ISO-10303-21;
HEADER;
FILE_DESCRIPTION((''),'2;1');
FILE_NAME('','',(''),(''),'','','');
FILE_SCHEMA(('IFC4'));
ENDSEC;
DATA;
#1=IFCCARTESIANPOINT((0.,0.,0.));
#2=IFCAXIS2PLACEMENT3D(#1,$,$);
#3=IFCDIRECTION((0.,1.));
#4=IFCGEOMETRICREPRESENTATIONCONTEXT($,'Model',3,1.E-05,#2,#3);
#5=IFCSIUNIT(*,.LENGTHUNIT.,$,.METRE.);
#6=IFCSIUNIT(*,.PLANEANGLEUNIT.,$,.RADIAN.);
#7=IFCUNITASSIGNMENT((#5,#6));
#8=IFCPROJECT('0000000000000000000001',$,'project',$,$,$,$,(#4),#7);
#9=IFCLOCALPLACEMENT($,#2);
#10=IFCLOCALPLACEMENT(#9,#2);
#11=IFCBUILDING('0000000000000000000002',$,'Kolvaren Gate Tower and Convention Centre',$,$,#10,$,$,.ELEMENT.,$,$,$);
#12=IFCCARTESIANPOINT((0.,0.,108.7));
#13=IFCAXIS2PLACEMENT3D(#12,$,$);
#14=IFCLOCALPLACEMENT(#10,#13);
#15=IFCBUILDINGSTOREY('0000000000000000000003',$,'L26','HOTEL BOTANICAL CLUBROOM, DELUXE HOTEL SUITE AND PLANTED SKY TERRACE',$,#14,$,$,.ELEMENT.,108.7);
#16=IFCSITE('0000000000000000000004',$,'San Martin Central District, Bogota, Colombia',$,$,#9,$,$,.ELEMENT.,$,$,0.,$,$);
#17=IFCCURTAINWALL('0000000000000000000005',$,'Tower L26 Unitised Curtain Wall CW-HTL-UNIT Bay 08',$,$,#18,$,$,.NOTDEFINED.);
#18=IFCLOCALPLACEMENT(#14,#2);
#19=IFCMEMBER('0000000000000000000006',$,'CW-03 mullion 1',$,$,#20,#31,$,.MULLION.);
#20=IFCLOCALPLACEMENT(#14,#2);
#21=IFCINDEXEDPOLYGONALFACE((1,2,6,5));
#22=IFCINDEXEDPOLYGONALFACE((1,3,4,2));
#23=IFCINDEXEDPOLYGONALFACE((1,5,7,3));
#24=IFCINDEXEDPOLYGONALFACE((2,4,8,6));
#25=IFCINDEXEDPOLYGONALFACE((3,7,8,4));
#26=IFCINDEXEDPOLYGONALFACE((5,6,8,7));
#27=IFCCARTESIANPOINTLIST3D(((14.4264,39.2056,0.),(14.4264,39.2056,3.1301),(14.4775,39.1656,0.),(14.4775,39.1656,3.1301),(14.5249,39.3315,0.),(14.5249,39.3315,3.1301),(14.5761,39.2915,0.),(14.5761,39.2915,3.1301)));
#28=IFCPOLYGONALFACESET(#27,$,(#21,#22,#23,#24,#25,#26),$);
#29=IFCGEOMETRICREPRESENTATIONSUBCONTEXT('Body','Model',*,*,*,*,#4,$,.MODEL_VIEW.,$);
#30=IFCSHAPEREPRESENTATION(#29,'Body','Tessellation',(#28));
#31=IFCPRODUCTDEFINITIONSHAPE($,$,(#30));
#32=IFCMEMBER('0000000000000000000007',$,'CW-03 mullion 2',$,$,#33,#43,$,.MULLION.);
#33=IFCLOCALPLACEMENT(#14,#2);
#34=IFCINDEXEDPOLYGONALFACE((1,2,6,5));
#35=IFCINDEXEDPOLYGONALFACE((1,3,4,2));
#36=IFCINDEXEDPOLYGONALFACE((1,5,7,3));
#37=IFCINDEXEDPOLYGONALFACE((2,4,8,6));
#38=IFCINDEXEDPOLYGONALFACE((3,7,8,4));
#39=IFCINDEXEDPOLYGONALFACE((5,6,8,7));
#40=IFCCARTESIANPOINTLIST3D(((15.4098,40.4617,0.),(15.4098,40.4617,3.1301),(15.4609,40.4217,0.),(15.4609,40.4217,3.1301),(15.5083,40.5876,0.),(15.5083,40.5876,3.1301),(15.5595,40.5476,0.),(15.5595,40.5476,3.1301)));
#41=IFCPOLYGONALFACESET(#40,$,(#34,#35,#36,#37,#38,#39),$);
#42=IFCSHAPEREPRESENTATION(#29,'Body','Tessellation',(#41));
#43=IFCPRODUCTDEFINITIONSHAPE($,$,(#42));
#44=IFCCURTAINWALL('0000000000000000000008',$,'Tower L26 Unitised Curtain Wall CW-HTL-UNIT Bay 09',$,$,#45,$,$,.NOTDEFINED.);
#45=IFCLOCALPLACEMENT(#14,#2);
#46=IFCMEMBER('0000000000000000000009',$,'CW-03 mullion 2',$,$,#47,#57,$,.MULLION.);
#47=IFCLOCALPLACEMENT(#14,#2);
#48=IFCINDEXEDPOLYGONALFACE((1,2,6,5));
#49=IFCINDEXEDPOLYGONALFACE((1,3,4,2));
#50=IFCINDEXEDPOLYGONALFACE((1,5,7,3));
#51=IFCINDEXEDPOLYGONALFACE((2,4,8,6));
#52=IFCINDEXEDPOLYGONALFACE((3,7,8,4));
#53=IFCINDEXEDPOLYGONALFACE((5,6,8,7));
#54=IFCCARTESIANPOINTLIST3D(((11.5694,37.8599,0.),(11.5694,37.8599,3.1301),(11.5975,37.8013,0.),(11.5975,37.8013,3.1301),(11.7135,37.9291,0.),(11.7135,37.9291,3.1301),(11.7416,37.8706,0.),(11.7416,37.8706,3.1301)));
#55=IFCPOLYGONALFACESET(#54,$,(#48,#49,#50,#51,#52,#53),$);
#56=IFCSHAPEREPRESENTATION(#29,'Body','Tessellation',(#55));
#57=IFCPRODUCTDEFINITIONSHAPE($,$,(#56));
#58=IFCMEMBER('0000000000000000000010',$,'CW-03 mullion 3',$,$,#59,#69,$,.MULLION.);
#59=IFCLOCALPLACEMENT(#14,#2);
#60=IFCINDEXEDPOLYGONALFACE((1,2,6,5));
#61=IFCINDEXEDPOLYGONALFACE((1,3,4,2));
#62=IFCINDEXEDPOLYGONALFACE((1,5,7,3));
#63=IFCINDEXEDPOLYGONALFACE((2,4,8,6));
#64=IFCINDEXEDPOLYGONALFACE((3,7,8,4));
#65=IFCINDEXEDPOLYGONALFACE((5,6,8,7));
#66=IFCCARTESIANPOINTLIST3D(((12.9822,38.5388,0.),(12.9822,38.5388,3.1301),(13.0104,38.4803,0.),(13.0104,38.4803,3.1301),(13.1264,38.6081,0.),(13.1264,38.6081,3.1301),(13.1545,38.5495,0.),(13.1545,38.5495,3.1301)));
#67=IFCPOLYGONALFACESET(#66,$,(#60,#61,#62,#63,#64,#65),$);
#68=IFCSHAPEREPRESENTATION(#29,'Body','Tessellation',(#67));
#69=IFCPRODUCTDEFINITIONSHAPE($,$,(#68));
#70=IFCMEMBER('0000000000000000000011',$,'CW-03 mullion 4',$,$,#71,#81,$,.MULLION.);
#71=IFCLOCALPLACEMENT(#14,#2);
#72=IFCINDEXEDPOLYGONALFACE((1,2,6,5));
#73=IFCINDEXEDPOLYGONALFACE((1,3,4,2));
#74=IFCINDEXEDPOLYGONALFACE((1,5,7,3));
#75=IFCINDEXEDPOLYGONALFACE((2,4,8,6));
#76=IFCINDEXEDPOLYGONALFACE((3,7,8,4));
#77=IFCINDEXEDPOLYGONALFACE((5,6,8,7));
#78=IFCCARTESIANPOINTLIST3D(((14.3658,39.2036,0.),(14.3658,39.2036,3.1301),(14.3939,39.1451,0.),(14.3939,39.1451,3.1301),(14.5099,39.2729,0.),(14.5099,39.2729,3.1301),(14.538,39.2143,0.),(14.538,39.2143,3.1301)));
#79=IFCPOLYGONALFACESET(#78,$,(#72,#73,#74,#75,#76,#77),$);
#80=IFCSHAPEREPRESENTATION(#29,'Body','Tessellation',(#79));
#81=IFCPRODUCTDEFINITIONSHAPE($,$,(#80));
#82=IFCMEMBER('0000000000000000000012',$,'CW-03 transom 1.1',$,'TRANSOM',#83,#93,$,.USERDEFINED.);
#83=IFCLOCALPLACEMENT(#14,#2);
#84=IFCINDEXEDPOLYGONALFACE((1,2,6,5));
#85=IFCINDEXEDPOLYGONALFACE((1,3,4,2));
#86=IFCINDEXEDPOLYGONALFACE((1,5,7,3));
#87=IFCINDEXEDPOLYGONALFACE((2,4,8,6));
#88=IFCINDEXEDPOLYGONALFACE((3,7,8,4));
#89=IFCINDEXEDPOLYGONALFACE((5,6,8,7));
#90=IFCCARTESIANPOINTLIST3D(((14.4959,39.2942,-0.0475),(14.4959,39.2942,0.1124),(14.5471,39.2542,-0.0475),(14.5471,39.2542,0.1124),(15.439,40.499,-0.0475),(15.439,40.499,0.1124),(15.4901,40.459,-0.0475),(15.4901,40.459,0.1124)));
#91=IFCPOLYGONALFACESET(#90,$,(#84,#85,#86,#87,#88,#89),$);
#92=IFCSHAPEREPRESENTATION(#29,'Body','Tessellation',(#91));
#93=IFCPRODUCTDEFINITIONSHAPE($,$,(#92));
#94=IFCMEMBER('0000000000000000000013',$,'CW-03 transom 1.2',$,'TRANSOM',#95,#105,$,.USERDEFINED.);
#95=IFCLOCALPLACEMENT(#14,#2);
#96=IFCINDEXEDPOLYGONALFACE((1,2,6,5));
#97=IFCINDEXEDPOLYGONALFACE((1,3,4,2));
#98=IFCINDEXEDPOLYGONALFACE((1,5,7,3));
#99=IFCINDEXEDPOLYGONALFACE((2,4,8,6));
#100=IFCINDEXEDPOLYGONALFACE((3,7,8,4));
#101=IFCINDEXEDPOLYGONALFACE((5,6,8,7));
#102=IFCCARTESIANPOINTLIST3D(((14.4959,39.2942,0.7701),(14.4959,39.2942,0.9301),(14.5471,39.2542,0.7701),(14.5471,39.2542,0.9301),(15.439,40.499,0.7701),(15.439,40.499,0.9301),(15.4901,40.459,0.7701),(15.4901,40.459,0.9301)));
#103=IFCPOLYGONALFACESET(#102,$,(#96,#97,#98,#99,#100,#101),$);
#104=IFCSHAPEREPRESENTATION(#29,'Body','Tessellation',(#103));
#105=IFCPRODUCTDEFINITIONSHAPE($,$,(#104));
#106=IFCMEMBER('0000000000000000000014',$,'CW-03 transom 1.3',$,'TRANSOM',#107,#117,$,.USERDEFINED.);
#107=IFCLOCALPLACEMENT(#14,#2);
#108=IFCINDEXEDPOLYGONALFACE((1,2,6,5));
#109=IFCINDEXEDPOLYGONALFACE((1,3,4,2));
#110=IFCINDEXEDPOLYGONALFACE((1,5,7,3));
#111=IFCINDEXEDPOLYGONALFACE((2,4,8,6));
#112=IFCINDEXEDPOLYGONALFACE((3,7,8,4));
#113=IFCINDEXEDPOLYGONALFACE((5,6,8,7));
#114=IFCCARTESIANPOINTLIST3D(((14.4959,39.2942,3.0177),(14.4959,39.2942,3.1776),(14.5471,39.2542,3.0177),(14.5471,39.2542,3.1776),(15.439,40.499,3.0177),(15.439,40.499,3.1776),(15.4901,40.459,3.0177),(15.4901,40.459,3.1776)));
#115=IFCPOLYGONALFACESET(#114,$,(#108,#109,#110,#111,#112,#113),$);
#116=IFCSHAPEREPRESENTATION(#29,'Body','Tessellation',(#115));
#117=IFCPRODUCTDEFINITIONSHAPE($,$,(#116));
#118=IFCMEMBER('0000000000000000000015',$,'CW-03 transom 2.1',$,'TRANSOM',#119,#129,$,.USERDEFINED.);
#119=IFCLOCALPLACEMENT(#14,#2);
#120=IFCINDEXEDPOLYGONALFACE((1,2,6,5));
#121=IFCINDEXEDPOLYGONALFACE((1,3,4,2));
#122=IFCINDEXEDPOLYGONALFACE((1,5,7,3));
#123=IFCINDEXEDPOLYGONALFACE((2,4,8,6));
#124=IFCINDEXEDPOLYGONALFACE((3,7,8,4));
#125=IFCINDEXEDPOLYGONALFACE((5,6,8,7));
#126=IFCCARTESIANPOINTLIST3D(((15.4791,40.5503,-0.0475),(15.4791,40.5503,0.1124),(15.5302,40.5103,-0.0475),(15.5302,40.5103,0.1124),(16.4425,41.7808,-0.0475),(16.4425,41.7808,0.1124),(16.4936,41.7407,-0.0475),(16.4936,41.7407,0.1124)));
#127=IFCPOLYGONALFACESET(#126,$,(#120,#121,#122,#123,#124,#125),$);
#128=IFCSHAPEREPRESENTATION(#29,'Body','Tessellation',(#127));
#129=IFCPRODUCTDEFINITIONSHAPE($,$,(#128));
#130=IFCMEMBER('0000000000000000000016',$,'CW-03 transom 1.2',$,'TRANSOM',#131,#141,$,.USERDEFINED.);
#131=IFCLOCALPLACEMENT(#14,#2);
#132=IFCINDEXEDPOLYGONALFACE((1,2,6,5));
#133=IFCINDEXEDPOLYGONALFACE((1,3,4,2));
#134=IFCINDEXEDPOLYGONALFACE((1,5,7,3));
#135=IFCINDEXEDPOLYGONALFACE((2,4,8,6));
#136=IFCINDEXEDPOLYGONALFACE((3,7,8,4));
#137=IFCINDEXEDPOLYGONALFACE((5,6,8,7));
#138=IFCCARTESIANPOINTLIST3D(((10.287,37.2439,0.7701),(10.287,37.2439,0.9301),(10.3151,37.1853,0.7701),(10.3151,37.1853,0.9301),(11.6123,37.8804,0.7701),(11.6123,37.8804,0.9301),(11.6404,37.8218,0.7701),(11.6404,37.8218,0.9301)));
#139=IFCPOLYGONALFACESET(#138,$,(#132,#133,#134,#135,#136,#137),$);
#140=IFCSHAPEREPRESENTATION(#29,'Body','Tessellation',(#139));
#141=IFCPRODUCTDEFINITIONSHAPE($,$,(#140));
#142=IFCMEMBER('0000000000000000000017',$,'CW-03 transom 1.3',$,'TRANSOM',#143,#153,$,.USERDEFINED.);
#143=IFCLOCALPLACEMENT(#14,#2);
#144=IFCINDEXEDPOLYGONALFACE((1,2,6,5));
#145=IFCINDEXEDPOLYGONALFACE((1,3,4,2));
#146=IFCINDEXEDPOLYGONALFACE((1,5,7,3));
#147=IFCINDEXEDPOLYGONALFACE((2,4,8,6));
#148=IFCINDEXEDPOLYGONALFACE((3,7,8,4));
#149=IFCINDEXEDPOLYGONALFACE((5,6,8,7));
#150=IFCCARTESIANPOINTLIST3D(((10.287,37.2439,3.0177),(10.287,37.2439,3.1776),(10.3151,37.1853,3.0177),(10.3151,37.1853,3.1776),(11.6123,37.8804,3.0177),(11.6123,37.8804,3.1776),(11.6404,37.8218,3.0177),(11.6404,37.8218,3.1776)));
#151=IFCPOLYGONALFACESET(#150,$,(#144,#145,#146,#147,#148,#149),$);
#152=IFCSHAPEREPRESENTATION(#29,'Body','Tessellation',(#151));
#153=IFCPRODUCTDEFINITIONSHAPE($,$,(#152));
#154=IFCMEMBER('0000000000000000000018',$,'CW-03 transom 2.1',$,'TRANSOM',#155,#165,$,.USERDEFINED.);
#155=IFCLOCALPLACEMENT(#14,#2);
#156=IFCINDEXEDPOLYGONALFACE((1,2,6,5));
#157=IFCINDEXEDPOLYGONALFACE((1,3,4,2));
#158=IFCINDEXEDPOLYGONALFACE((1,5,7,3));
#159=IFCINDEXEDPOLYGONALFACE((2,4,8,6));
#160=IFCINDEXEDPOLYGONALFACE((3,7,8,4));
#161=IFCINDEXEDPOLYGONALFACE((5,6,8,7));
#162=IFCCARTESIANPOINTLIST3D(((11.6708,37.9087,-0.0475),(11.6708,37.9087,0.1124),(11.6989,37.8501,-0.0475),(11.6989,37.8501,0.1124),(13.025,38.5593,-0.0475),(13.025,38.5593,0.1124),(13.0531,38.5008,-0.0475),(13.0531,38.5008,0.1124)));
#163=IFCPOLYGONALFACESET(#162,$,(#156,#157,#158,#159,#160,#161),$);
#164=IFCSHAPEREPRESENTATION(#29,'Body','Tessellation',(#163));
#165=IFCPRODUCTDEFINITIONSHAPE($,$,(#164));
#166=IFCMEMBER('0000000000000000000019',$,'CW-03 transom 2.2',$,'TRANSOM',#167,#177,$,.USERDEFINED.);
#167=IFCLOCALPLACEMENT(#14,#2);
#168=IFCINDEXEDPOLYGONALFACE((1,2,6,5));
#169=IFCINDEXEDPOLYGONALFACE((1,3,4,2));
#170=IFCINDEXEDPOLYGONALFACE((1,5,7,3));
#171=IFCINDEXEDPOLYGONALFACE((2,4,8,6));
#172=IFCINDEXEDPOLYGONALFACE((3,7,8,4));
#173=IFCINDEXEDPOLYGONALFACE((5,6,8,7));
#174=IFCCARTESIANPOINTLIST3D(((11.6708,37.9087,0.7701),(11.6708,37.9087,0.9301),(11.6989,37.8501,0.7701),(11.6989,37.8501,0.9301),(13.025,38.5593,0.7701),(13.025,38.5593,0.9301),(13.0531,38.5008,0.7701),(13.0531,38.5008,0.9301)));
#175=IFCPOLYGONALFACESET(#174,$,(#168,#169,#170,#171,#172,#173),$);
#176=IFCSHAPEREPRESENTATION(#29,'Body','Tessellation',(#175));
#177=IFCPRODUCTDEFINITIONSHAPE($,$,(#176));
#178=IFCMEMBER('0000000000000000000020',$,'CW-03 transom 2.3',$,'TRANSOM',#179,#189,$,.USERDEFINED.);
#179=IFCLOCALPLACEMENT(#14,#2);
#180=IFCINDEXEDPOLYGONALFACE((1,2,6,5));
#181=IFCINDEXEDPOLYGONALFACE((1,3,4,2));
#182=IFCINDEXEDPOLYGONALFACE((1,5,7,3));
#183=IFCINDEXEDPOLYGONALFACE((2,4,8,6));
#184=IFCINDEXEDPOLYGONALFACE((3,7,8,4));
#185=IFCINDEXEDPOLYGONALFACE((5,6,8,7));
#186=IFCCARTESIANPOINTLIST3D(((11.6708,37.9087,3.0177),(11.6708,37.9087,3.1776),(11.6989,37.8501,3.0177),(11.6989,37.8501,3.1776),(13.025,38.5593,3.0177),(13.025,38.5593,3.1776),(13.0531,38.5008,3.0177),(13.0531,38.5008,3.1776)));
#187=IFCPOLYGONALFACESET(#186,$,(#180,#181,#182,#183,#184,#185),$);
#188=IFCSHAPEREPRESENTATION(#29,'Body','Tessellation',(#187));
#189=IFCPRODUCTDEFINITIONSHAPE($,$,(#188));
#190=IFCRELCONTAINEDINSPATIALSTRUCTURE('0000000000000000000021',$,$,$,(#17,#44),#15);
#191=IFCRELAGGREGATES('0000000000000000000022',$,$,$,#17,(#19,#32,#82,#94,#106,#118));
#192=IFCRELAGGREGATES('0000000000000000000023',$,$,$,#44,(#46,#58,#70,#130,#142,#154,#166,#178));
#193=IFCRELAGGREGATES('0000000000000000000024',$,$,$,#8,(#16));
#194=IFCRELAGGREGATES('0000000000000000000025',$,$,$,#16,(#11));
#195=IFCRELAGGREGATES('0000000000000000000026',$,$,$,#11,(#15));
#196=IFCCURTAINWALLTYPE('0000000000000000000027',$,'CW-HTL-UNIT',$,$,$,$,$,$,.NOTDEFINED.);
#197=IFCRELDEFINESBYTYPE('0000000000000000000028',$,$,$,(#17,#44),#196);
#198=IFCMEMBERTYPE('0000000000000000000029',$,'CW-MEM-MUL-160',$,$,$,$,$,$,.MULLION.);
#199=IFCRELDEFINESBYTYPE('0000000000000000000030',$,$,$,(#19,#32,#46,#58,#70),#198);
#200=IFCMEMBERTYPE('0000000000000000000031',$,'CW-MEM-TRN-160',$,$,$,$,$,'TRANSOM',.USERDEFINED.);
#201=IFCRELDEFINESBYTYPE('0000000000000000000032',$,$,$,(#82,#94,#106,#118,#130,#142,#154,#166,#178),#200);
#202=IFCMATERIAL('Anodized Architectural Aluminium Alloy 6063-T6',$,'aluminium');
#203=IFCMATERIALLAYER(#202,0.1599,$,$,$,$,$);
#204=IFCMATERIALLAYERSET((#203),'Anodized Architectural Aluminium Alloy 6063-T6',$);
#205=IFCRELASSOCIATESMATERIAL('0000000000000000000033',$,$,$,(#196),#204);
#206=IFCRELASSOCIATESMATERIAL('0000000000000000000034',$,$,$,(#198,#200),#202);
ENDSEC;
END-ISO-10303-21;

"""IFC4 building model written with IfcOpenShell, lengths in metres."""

from ifc_helpers import new_model, si_unit, direction, frame, origin, origin_2d, place, context, subcontext, project, spatial, rectangle, extrude, material, layer, layer_set, material_profile, profile_set, type_object, element, aggregate, save


model = new_model("IFC4")

# Units and contexts
model_context = context("Model", 3, precision=1e-05, world=origin(), true_north=direction((0.0, 1.0)))
body_context = subcontext(model_context, "Body", "Model", "MODEL_VIEW")
ifc_project = project(units=[si_unit("LENGTHUNIT", "METRE"), si_unit("PLANEANGLEUNIT", "RADIAN")], contexts=[model_context])

# Site, building, storey
site_placement = place(None, origin())
site = spatial("IfcSite", under=ifc_project, at=site_placement, Name="San Martin Central District, Bogota, Colombia", CompositionType="ELEMENT", RefElevation=0.0)
building_placement = place(site_placement, origin())
building = spatial("IfcBuilding", under=site, at=building_placement, Name="Kolvaren Gate Tower and Convention Centre", CompositionType="ELEMENT")
storey_placement = place(building_placement, frame((0.0, 0.0, 108.7)))
storey = spatial("IfcBuildingStorey", under=building, at=storey_placement, Name="L26", Description="HOTEL BOTANICAL CLUBROOM, DELUXE HOTEL SUITE AND PLANTED SKY TERRACE", CompositionType="ELEMENT", Elevation=108.7)

# Curtain walls, members
ifc_material_1 = material(Name="Anodized Architectural Aluminium Alloy 6063-T6", Category="aluminium")
ifc_layer_1 = layer(ifc_material_1, 0.1599)
ifc_layer_set_1 = layer_set([ifc_layer_1], Name="Anodized Architectural Aluminium Alloy 6063-T6")
curtain_wall_type = type_object("IfcCurtainWallType", Name="CW-HTL-UNIT", PredefinedType="NOTDEFINED", material=ifc_layer_set_1)
curtain_wall_1_placement = place(storey_placement, origin())
curtain_wall_1 = element("IfcCurtainWall", 1, at=curtain_wall_1_placement, inside=storey, type_object=curtain_wall_type, Name="Tower L26 Unitised Curtain Wall CW-HTL-UNIT Bay 08", PredefinedType="NOTDEFINED")
ifc_material_profile_1 = material_profile(ifc_material_1, rectangle(XDim=0.0649, YDim=0.1599, at=origin_2d()), Name="CW-MEM-MUL-160")
ifc_profile_set_1 = profile_set([ifc_material_profile_1], Name="Anodized Architectural Aluminium Alloy 6063-T6")
member_type_1 = type_object("IfcMemberType", Name="CW-MEM-MUL-160", PredefinedType="MULLION", material=ifc_profile_set_1)
member_1_placement = place(storey_placement, frame((14.5012, 39.2485, 0.0), z_axis=(0.0, 0.0, 1.0), x_axis=(-0.787401, 0.616441, 0.0)))
member_1 = element("IfcMember", 2, at=member_1_placement, type_object=member_type_1, Name="CW-03 mullion 1", PredefinedType="MULLION", context=body_context, shape_type="SweptSolid", body=[
    extrude(rectangle(XDim=0.0649, YDim=0.1599, at=origin_2d()), origin(), (0.0, 0.0, 1.0), 3.1301),
])
member_2_placement = place(storey_placement, frame((15.4846, 40.5046, 0.0), z_axis=(0.0, 0.0, 1.0), x_axis=(-0.787401, 0.616441, 0.0)))
member_2 = element("IfcMember", 3, at=member_2_placement, type_object=member_type_1, Name="CW-03 mullion 2", PredefinedType="MULLION", context=body_context, shape_type="SweptSolid", body=[
    extrude(rectangle(XDim=0.0649, YDim=0.1599, at=origin_2d()), origin(), (0.0, 0.0, 1.0), 3.1301),
])
curtain_wall_2_placement = place(storey_placement, origin())
curtain_wall_2 = element("IfcCurtainWall", 4, at=curtain_wall_2_placement, inside=storey, type_object=curtain_wall_type, Name="Tower L26 Unitised Curtain Wall CW-HTL-UNIT Bay 09", PredefinedType="NOTDEFINED")
member_3_placement = place(storey_placement, frame((11.6555, 37.8652, 0.0), z_axis=(0.0, 0.0, 1.0), x_axis=(-0.433073, 0.901359, 0.0)))
member_3 = element("IfcMember", 5, at=member_3_placement, type_object=member_type_1, Name="CW-03 mullion 2", PredefinedType="MULLION", context=body_context, shape_type="SweptSolid", body=[
    extrude(rectangle(XDim=0.0649, YDim=0.1599, at=origin_2d()), origin(), (0.0, 0.0, 1.0), 3.1301),
])
member_4_placement = place(storey_placement, frame((13.0684, 38.5442, 0.0), z_axis=(0.0, 0.0, 1.0), x_axis=(-0.433073, 0.901359, 0.0)))
member_4 = element("IfcMember", 6, at=member_4_placement, type_object=member_type_1, Name="CW-03 mullion 3", PredefinedType="MULLION", context=body_context, shape_type="SweptSolid", body=[
    extrude(rectangle(XDim=0.0649, YDim=0.1599, at=origin_2d()), origin(), (0.0, 0.0, 1.0), 3.1301),
])
member_5_placement = place(storey_placement, frame((14.4519, 39.209, 0.0), z_axis=(0.0, 0.0, 1.0), x_axis=(-0.433073, 0.901359, 0.0)))
member_5 = element("IfcMember", 7, at=member_5_placement, type_object=member_type_1, Name="CW-03 mullion 4", PredefinedType="MULLION", context=body_context, shape_type="SweptSolid", body=[
    extrude(rectangle(XDim=0.0649, YDim=0.1599, at=origin_2d()), origin(), (0.0, 0.0, 1.0), 3.1301),
])

# Members
ifc_material_profile_2 = material_profile(ifc_material_1, rectangle(XDim=0.0649, YDim=0.1599, at=origin_2d()), Name="CW-MEM-TRN-160")
ifc_profile_set_2 = profile_set([ifc_material_profile_2], Name="Anodized Architectural Aluminium Alloy 6063-T6")
member_type_2 = type_object("IfcMemberType", Name="CW-MEM-TRN-160", ElementType="TRANSOM", PredefinedType="USERDEFINED", material=ifc_profile_set_2)
member_6_placement = place(storey_placement, frame((14.5215, 39.2742, 0.0325), z_axis=(0.61639, 0.787441, 0.0), x_axis=(-0.787441, 0.61639, 0.0)))
member_6 = element("IfcMember", 8, at=member_6_placement, type_object=member_type_2, Name="CW-03 transom 1.1", ObjectType="TRANSOM", PredefinedType="USERDEFINED", context=body_context, shape_type="SweptSolid", body=[
    extrude(rectangle(XDim=0.0649, YDim=0.1599, at=origin_2d()), origin(), (0.0, 0.0, 1.0), 1.53),
])
member_7_placement = place(storey_placement, frame((14.5215, 39.2742, 0.8501), z_axis=(0.61639, 0.787441, 0.0), x_axis=(-0.787441, 0.61639, 0.0)))
member_7 = element("IfcMember", 9, at=member_7_placement, type_object=member_type_2, Name="CW-03 transom 1.2", ObjectType="TRANSOM", PredefinedType="USERDEFINED", context=body_context, shape_type="SweptSolid", body=[
    extrude(rectangle(XDim=0.0649, YDim=0.1599, at=origin_2d()), origin(), (0.0, 0.0, 1.0), 1.53),
])
member_8_placement = place(storey_placement, frame((14.5215, 39.2742, 3.0977), z_axis=(0.61639, 0.787441, 0.0), x_axis=(-0.787441, 0.61639, 0.0)))
member_8 = element("IfcMember", 10, at=member_8_placement, type_object=member_type_2, Name="CW-03 transom 1.3", ObjectType="TRANSOM", PredefinedType="USERDEFINED", context=body_context, shape_type="SweptSolid", body=[
    extrude(rectangle(XDim=0.0649, YDim=0.1599, at=origin_2d()), origin(), (0.0, 0.0, 1.0), 1.53),
])
member_9_placement = place(storey_placement, frame((15.5046, 40.5303, 0.0325), z_axis=(0.616468, 0.78738, 0.0), x_axis=(-0.78738, 0.616468, 0.0)))
member_9 = element("IfcMember", 11, at=member_9_placement, type_object=member_type_2, Name="CW-03 transom 2.1", ObjectType="TRANSOM", PredefinedType="USERDEFINED", context=body_context, shape_type="SweptSolid", body=[
    extrude(rectangle(XDim=0.0649, YDim=0.1599, at=origin_2d()), origin(), (0.0, 0.0, 1.0), 1.5627),
])
member_10_placement = place(storey_placement, frame((10.301, 37.2146, 0.8501), z_axis=(0.901422, 0.432942, 0.0), x_axis=(-0.432942, 0.901422, 0.0)))
member_10 = element("IfcMember", 12, at=member_10_placement, type_object=member_type_2, Name="CW-03 transom 1.2", ObjectType="TRANSOM", PredefinedType="USERDEFINED", context=body_context, shape_type="SweptSolid", body=[
    extrude(rectangle(XDim=0.0649, YDim=0.1599, at=origin_2d()), origin(), (0.0, 0.0, 1.0), 1.4702),
])
member_11_placement = place(storey_placement, frame((10.301, 37.2146, 3.0977), z_axis=(0.901422, 0.432942, 0.0), x_axis=(-0.432942, 0.901422, 0.0)))
member_11 = element("IfcMember", 13, at=member_11_placement, type_object=member_type_2, Name="CW-03 transom 1.3", ObjectType="TRANSOM", PredefinedType="USERDEFINED", context=body_context, shape_type="SweptSolid", body=[
    extrude(rectangle(XDim=0.0649, YDim=0.1599, at=origin_2d()), origin(), (0.0, 0.0, 1.0), 1.4702),
])
member_12_placement = place(storey_placement, frame((11.6848, 37.8794, 0.0325), z_axis=(0.901368, 0.433053, 0.0), x_axis=(-0.433053, 0.901368, 0.0)))
member_12 = element("IfcMember", 14, at=member_12_placement, type_object=member_type_2, Name="CW-03 transom 2.1", ObjectType="TRANSOM", PredefinedType="USERDEFINED", context=body_context, shape_type="SweptSolid", body=[
    extrude(rectangle(XDim=0.0649, YDim=0.1599, at=origin_2d()), origin(), (0.0, 0.0, 1.0), 1.5024),
])
member_13_placement = place(storey_placement, frame((11.6848, 37.8794, 0.8501), z_axis=(0.901368, 0.433053, 0.0), x_axis=(-0.433053, 0.901368, 0.0)))
member_13 = element("IfcMember", 15, at=member_13_placement, type_object=member_type_2, Name="CW-03 transom 2.2", ObjectType="TRANSOM", PredefinedType="USERDEFINED", context=body_context, shape_type="SweptSolid", body=[
    extrude(rectangle(XDim=0.0649, YDim=0.1599, at=origin_2d()), origin(), (0.0, 0.0, 1.0), 1.5024),
])
member_14_placement = place(storey_placement, frame((11.6848, 37.8794, 3.0977), z_axis=(0.901368, 0.433053, 0.0), x_axis=(-0.433053, 0.901368, 0.0)))
member_14 = element("IfcMember", 16, at=member_14_placement, type_object=member_type_2, Name="CW-03 transom 2.3", ObjectType="TRANSOM", PredefinedType="USERDEFINED", context=body_context, shape_type="SweptSolid", body=[
    extrude(rectangle(XDim=0.0649, YDim=0.1599, at=origin_2d()), origin(), (0.0, 0.0, 1.0), 1.5024),
])

aggregate(curtain_wall_1, [member_1, member_2, member_6, member_7, member_8, member_9])
aggregate(curtain_wall_2, [member_3, member_4, member_5, member_10, member_11, member_12, member_13, member_14])

save(model, "model.ifc")
